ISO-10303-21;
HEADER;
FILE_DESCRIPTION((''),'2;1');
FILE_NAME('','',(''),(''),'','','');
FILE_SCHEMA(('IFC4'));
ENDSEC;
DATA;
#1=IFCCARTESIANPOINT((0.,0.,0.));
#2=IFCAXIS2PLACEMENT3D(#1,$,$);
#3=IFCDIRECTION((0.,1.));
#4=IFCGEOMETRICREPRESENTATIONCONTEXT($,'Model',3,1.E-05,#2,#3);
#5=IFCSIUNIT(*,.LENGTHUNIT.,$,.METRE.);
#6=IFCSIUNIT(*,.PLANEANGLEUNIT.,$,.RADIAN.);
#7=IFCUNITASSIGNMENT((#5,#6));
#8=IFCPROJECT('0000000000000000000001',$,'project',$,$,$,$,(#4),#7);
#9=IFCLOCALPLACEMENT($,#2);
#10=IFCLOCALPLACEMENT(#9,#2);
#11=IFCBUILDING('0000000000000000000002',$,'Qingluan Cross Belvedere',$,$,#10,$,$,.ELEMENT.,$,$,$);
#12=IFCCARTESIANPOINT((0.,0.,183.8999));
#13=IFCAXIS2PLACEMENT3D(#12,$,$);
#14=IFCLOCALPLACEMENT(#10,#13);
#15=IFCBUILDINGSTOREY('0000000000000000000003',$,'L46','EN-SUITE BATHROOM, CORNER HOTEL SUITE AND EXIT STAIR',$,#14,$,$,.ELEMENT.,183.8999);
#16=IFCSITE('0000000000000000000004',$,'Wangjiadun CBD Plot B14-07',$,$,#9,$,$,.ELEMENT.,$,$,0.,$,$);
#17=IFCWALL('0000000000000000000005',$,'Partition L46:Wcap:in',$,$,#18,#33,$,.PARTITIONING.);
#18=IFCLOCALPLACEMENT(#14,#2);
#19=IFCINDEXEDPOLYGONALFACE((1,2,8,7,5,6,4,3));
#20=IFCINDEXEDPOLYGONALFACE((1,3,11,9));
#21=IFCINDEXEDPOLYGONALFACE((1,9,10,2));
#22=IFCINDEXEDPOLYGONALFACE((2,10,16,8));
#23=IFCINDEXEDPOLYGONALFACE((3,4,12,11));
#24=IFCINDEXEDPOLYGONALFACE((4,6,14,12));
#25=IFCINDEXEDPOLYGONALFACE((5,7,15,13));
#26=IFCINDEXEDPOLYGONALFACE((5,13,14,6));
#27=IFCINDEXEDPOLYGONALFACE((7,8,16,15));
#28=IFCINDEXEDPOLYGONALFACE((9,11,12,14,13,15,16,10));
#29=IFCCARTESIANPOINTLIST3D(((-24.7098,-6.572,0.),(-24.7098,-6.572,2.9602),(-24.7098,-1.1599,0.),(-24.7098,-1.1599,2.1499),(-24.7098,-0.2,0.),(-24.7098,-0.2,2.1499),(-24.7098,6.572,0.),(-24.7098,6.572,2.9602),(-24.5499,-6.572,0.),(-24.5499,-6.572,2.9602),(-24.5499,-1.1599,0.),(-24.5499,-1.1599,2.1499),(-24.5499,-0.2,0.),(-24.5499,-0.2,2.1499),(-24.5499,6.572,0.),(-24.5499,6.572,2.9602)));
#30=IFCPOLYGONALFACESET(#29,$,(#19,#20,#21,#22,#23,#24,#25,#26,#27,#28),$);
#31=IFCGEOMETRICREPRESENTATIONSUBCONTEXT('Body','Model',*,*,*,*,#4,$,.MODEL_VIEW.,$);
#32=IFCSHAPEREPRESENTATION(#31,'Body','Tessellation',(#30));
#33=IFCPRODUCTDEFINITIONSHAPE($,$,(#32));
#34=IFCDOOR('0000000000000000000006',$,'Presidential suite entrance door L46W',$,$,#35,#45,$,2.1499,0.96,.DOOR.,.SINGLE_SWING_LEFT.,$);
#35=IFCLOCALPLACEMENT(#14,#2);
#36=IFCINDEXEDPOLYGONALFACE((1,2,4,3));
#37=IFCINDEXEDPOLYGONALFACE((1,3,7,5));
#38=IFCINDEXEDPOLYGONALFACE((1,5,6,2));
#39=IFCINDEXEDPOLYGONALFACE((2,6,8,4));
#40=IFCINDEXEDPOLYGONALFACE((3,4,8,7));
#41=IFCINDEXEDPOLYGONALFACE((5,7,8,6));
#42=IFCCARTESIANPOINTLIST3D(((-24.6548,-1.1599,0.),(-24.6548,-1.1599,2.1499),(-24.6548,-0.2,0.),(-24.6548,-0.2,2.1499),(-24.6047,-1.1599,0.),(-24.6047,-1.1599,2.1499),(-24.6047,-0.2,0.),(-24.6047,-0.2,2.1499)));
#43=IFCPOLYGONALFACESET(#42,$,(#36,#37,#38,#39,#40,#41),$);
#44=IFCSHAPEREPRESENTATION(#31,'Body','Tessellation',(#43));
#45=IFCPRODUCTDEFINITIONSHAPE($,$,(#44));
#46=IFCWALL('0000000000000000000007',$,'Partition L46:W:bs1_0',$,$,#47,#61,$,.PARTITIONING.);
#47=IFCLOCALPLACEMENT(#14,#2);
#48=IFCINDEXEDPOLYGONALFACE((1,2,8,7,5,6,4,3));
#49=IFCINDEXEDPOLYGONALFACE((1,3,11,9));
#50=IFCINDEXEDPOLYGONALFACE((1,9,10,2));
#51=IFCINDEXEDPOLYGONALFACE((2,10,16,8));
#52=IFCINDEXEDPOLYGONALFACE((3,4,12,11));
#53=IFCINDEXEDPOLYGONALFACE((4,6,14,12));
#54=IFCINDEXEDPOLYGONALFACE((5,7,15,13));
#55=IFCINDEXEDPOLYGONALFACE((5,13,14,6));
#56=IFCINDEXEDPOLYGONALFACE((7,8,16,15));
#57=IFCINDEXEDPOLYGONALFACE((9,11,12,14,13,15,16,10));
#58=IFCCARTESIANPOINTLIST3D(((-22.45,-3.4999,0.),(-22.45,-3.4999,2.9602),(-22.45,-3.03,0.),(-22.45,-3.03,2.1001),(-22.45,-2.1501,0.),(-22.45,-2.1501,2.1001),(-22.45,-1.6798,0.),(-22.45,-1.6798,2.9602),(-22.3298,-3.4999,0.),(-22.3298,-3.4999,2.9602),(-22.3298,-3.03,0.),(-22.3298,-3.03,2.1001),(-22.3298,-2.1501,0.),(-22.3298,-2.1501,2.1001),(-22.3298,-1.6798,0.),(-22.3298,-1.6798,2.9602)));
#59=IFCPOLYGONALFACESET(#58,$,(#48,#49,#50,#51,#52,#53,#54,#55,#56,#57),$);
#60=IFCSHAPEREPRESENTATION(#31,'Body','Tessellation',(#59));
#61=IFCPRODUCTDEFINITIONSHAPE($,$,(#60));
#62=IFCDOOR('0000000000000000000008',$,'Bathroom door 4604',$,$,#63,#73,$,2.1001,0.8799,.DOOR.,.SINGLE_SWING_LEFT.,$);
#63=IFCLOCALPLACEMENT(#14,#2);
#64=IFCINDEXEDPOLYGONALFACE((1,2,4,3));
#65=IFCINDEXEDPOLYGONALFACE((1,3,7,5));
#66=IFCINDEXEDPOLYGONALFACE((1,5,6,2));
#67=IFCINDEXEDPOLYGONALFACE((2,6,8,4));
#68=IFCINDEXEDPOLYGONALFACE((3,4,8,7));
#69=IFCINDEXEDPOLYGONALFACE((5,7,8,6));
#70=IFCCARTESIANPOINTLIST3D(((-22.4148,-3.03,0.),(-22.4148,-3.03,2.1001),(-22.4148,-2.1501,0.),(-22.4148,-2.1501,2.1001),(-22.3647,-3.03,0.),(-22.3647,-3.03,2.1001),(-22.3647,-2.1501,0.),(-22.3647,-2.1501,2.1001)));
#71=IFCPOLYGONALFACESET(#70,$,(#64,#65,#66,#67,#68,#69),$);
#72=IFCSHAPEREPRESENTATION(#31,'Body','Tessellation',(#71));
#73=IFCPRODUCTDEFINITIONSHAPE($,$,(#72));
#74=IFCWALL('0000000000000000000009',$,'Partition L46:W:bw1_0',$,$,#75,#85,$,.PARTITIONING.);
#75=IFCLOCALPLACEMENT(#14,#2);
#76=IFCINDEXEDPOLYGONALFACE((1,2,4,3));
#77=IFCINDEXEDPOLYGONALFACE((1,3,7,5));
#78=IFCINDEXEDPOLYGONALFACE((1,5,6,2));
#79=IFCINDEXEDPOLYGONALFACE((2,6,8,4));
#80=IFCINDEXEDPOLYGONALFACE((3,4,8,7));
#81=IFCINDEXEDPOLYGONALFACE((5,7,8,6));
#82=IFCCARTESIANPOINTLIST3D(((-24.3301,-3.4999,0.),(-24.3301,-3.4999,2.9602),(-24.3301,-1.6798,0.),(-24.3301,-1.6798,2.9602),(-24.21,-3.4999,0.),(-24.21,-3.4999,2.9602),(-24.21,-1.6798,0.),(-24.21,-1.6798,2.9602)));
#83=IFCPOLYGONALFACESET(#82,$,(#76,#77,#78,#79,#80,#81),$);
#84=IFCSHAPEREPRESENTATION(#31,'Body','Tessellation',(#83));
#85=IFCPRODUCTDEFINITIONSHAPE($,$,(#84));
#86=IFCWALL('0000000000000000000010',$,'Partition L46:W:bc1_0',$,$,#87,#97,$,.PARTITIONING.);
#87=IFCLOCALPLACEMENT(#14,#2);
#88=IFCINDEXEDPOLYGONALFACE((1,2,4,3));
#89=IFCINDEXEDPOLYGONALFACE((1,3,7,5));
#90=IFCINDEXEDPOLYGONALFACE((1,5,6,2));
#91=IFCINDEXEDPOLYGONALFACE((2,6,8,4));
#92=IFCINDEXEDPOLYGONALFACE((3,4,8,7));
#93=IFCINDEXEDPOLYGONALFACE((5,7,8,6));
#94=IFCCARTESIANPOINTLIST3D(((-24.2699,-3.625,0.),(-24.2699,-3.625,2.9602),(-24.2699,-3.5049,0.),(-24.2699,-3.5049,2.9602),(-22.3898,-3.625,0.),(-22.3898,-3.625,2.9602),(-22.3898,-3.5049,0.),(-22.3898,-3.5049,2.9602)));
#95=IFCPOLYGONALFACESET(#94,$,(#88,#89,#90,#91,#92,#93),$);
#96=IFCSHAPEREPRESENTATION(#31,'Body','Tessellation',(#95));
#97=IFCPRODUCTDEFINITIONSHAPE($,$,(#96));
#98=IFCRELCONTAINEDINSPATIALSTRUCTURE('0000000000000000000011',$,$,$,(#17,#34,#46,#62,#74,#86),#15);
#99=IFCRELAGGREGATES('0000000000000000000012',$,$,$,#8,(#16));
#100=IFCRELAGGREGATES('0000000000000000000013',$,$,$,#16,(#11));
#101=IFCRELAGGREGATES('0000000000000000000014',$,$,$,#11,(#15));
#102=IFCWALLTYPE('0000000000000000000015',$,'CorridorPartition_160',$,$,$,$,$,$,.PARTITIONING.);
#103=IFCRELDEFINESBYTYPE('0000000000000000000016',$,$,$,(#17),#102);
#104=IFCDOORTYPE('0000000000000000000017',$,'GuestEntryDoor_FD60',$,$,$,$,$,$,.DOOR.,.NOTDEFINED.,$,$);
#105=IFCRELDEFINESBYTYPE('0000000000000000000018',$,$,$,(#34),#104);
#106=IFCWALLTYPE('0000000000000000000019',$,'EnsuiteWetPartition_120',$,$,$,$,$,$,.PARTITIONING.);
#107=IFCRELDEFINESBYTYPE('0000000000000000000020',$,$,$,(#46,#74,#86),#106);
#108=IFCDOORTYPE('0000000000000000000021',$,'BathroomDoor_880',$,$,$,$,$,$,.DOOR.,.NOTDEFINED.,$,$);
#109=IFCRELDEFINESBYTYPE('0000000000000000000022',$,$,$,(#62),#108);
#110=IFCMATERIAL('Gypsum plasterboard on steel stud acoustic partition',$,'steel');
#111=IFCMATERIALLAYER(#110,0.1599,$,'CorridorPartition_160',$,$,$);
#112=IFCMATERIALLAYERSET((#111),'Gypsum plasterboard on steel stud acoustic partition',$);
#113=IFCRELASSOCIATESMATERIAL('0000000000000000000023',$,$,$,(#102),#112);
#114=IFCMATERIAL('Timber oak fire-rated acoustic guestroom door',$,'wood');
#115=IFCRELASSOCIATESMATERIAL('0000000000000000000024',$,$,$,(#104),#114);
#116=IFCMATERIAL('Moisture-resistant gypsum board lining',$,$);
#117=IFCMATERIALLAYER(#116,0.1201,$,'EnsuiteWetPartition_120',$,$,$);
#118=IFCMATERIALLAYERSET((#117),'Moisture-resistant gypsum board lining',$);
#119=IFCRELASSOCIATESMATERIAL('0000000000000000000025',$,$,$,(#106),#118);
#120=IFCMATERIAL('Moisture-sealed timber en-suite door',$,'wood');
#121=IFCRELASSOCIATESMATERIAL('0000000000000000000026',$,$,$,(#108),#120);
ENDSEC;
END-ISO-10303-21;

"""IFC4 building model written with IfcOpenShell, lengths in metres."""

from ifc_helpers import new_model, si_unit, direction, frame, frame_2d, origin, place, context, subcontext, project, spatial, rectangle, extrude, material, layer, layer_set, type_object, element, fill, save


model = new_model("IFC4")

# Units and contexts
model_context = context("Model", 3, precision=1e-05, world=origin(), true_north=direction((0.0, 1.0)))
body_context = subcontext(model_context, "Body", "Model", "MODEL_VIEW")
ifc_project = project(units=[si_unit("LENGTHUNIT", "METRE"), si_unit("PLANEANGLEUNIT", "RADIAN")], contexts=[model_context])

# Site, building, storey
site_placement = place(None, origin())
site = spatial("IfcSite", under=ifc_project, at=site_placement, Name="Wangjiadun CBD Plot B14-07", CompositionType="ELEMENT", RefElevation=0.0)
building_placement = place(site_placement, origin())
building = spatial("IfcBuilding", under=site, at=building_placement, Name="Qingluan Cross Belvedere", CompositionType="ELEMENT")
storey_placement = place(building_placement, frame((0.0, 0.0, 183.8999)))
storey = spatial("IfcBuildingStorey", under=building, at=storey_placement, Name="L46", Description="EN-SUITE BATHROOM, CORNER HOTEL SUITE AND EXIT STAIR", CompositionType="ELEMENT", Elevation=183.8999)

# Shared definitions
ifc_material_1 = material(Name="Gypsum plasterboard on steel stud acoustic partition", Category="steel")
ifc_layer_1 = layer(ifc_material_1, 0.1599, Name="CorridorPartition_160")
ifc_layer_set_1 = layer_set([ifc_layer_1], Name="Gypsum plasterboard on steel stud acoustic partition")
wall_type_1 = type_object("IfcWallType", Name="CorridorPartition_160", PredefinedType="PARTITIONING", material=ifc_layer_set_1)
ifc_material_2 = material(Name="Timber oak fire-rated acoustic guestroom door", Category="wood")
door_type_1 = type_object("IfcDoorType", Name="GuestEntryDoor_FD60", OperationType="NOTDEFINED", PredefinedType="DOOR", material=ifc_material_2)

# Walls, openings, doors
wall_1_placement = place(storey_placement, frame((-24.6299, -6.572, 0.0), z_axis=(0.0, 0.0, 1.0), x_axis=(0.0, 1.0, 0.0)))
wall_1 = element("IfcWall", 1, at=wall_1_placement, inside=storey, type_object=wall_type_1, Name="Partition L46:Wcap:in", PredefinedType="PARTITIONING", context=body_context, shape_type="SweptSolid", body=[
    extrude(rectangle(XDim=13.144, YDim=0.1599, at=frame_2d((6.572, 0.0))), origin(), (0.0, 0.0, 1.0), 2.9602),
])
opening_1_placement = place(wall_1_placement, frame((5.4121, 0.0, 0.0)))
opening_1 = element("IfcOpeningElement", 2, at=opening_1_placement, cuts=wall_1, PredefinedType="OPENING", context=body_context, shape_type="SweptSolid", body=[
    extrude(rectangle(XDim=0.96, YDim=2.1499, at=frame_2d((0.48, 1.075))), frame((0.0, 0.0898, 0.0), z_axis=(0.0, -1.0, 0.0), x_axis=(1.0, 0.0, 0.0)), (0.0, 0.0, 1.0), 0.1799),
])
door_1_placement = place(opening_1_placement, origin())
door_1 = element("IfcDoor", 3, at=door_1_placement, inside=storey, type_object=door_type_1, Name="Presidential suite entrance door L46W", OperationType="SINGLE_SWING_LEFT", OverallHeight=2.1499, OverallWidth=0.96, PredefinedType="DOOR", context=body_context, shape_type="SweptSolid", body=[
    extrude(rectangle(XDim=0.96, YDim=2.1499, at=frame_2d((0.48, 1.075))), frame((0.0, 0.0249, 0.0), z_axis=(0.0, -1.0, 0.0), x_axis=(1.0, 0.0, 0.0)), (0.0, 0.0, 1.0), 0.05),
])
fill(opening_1, door_1)
ifc_material_3 = material(Name="Moisture-resistant gypsum board lining")
ifc_layer_2 = layer(ifc_material_3, 0.1201, Name="EnsuiteWetPartition_120")
ifc_layer_set_2 = layer_set([ifc_layer_2], Name="Moisture-resistant gypsum board lining")
wall_type_2 = type_object("IfcWallType", Name="EnsuiteWetPartition_120", PredefinedType="PARTITIONING", material=ifc_layer_set_2)
wall_2_placement = place(storey_placement, frame((-22.3899, -3.5, 0.0), z_axis=(0.0, 0.0, 1.0), x_axis=(0.0, 1.0, 0.0)))
wall_2 = element("IfcWall", 4, at=wall_2_placement, inside=storey, type_object=wall_type_2, Name="Partition L46:W:bs1_0", PredefinedType="PARTITIONING", context=body_context, shape_type="SweptSolid", body=[
    extrude(rectangle(XDim=1.8201, YDim=0.1201, at=frame_2d((0.9102, 0.0))), origin(), (0.0, 0.0, 1.0), 2.9602),
])
opening_2_placement = place(wall_2_placement, frame((0.47, 0.0, 0.0)))
opening_2 = element("IfcOpeningElement", 5, at=opening_2_placement, cuts=wall_2, PredefinedType="OPENING", context=body_context, shape_type="SweptSolid", body=[
    extrude(rectangle(XDim=0.8799, YDim=2.1001, at=frame_2d((0.4399, 1.05))), frame((0.0, 0.0701, 0.0), z_axis=(0.0, -1.0, 0.0), x_axis=(1.0, 0.0, 0.0)), (0.0, 0.0, 1.0), 0.1401),
])
ifc_material_4 = material(Name="Moisture-sealed timber en-suite door", Category="wood")
door_type_2 = type_object("IfcDoorType", Name="BathroomDoor_880", OperationType="NOTDEFINED", PredefinedType="DOOR", material=ifc_material_4)
door_2_placement = place(opening_2_placement, origin())
door_2 = element("IfcDoor", 6, at=door_2_placement, inside=storey, type_object=door_type_2, Name="Bathroom door 4604", OperationType="SINGLE_SWING_LEFT", OverallHeight=2.1001, OverallWidth=0.8799, PredefinedType="DOOR", context=body_context, shape_type="SweptSolid", body=[
    extrude(rectangle(XDim=0.8799, YDim=2.1001, at=frame_2d((0.4399, 1.05))), frame((0.0, 0.0249, 0.0), z_axis=(0.0, -1.0, 0.0), x_axis=(1.0, 0.0, 0.0)), (0.0, 0.0, 1.0), 0.05),
])
fill(opening_2, door_2)

# Walls
wall_3_placement = place(storey_placement, frame((-24.27, -3.5, 0.0), z_axis=(0.0, 0.0, 1.0), x_axis=(0.0, 1.0, 0.0)))
element("IfcWall", 7, at=wall_3_placement, inside=storey, type_object=wall_type_2, Name="Partition L46:W:bw1_0", PredefinedType="PARTITIONING", context=body_context, shape_type="SweptSolid", body=[
    extrude(rectangle(XDim=1.8201, YDim=0.1201, at=frame_2d((0.9102, 0.0))), origin(), (0.0, 0.0, 1.0), 2.9602),
])
wall_4_placement = place(storey_placement, frame((-22.3899, -3.5649, 0.0), z_axis=(0.0, 0.0, 1.0), x_axis=(-1.0, 0.0, 0.0)))
element("IfcWall", 8, at=wall_4_placement, inside=storey, type_object=wall_type_2, Name="Partition L46:W:bc1_0", PredefinedType="PARTITIONING", context=body_context, shape_type="SweptSolid", body=[
    extrude(rectangle(XDim=1.8801, YDim=0.1201, at=frame_2d((0.9399, 0.0))), origin(), (0.0, 0.0, 1.0), 2.9602),
])

save(model, "model.ifc")
